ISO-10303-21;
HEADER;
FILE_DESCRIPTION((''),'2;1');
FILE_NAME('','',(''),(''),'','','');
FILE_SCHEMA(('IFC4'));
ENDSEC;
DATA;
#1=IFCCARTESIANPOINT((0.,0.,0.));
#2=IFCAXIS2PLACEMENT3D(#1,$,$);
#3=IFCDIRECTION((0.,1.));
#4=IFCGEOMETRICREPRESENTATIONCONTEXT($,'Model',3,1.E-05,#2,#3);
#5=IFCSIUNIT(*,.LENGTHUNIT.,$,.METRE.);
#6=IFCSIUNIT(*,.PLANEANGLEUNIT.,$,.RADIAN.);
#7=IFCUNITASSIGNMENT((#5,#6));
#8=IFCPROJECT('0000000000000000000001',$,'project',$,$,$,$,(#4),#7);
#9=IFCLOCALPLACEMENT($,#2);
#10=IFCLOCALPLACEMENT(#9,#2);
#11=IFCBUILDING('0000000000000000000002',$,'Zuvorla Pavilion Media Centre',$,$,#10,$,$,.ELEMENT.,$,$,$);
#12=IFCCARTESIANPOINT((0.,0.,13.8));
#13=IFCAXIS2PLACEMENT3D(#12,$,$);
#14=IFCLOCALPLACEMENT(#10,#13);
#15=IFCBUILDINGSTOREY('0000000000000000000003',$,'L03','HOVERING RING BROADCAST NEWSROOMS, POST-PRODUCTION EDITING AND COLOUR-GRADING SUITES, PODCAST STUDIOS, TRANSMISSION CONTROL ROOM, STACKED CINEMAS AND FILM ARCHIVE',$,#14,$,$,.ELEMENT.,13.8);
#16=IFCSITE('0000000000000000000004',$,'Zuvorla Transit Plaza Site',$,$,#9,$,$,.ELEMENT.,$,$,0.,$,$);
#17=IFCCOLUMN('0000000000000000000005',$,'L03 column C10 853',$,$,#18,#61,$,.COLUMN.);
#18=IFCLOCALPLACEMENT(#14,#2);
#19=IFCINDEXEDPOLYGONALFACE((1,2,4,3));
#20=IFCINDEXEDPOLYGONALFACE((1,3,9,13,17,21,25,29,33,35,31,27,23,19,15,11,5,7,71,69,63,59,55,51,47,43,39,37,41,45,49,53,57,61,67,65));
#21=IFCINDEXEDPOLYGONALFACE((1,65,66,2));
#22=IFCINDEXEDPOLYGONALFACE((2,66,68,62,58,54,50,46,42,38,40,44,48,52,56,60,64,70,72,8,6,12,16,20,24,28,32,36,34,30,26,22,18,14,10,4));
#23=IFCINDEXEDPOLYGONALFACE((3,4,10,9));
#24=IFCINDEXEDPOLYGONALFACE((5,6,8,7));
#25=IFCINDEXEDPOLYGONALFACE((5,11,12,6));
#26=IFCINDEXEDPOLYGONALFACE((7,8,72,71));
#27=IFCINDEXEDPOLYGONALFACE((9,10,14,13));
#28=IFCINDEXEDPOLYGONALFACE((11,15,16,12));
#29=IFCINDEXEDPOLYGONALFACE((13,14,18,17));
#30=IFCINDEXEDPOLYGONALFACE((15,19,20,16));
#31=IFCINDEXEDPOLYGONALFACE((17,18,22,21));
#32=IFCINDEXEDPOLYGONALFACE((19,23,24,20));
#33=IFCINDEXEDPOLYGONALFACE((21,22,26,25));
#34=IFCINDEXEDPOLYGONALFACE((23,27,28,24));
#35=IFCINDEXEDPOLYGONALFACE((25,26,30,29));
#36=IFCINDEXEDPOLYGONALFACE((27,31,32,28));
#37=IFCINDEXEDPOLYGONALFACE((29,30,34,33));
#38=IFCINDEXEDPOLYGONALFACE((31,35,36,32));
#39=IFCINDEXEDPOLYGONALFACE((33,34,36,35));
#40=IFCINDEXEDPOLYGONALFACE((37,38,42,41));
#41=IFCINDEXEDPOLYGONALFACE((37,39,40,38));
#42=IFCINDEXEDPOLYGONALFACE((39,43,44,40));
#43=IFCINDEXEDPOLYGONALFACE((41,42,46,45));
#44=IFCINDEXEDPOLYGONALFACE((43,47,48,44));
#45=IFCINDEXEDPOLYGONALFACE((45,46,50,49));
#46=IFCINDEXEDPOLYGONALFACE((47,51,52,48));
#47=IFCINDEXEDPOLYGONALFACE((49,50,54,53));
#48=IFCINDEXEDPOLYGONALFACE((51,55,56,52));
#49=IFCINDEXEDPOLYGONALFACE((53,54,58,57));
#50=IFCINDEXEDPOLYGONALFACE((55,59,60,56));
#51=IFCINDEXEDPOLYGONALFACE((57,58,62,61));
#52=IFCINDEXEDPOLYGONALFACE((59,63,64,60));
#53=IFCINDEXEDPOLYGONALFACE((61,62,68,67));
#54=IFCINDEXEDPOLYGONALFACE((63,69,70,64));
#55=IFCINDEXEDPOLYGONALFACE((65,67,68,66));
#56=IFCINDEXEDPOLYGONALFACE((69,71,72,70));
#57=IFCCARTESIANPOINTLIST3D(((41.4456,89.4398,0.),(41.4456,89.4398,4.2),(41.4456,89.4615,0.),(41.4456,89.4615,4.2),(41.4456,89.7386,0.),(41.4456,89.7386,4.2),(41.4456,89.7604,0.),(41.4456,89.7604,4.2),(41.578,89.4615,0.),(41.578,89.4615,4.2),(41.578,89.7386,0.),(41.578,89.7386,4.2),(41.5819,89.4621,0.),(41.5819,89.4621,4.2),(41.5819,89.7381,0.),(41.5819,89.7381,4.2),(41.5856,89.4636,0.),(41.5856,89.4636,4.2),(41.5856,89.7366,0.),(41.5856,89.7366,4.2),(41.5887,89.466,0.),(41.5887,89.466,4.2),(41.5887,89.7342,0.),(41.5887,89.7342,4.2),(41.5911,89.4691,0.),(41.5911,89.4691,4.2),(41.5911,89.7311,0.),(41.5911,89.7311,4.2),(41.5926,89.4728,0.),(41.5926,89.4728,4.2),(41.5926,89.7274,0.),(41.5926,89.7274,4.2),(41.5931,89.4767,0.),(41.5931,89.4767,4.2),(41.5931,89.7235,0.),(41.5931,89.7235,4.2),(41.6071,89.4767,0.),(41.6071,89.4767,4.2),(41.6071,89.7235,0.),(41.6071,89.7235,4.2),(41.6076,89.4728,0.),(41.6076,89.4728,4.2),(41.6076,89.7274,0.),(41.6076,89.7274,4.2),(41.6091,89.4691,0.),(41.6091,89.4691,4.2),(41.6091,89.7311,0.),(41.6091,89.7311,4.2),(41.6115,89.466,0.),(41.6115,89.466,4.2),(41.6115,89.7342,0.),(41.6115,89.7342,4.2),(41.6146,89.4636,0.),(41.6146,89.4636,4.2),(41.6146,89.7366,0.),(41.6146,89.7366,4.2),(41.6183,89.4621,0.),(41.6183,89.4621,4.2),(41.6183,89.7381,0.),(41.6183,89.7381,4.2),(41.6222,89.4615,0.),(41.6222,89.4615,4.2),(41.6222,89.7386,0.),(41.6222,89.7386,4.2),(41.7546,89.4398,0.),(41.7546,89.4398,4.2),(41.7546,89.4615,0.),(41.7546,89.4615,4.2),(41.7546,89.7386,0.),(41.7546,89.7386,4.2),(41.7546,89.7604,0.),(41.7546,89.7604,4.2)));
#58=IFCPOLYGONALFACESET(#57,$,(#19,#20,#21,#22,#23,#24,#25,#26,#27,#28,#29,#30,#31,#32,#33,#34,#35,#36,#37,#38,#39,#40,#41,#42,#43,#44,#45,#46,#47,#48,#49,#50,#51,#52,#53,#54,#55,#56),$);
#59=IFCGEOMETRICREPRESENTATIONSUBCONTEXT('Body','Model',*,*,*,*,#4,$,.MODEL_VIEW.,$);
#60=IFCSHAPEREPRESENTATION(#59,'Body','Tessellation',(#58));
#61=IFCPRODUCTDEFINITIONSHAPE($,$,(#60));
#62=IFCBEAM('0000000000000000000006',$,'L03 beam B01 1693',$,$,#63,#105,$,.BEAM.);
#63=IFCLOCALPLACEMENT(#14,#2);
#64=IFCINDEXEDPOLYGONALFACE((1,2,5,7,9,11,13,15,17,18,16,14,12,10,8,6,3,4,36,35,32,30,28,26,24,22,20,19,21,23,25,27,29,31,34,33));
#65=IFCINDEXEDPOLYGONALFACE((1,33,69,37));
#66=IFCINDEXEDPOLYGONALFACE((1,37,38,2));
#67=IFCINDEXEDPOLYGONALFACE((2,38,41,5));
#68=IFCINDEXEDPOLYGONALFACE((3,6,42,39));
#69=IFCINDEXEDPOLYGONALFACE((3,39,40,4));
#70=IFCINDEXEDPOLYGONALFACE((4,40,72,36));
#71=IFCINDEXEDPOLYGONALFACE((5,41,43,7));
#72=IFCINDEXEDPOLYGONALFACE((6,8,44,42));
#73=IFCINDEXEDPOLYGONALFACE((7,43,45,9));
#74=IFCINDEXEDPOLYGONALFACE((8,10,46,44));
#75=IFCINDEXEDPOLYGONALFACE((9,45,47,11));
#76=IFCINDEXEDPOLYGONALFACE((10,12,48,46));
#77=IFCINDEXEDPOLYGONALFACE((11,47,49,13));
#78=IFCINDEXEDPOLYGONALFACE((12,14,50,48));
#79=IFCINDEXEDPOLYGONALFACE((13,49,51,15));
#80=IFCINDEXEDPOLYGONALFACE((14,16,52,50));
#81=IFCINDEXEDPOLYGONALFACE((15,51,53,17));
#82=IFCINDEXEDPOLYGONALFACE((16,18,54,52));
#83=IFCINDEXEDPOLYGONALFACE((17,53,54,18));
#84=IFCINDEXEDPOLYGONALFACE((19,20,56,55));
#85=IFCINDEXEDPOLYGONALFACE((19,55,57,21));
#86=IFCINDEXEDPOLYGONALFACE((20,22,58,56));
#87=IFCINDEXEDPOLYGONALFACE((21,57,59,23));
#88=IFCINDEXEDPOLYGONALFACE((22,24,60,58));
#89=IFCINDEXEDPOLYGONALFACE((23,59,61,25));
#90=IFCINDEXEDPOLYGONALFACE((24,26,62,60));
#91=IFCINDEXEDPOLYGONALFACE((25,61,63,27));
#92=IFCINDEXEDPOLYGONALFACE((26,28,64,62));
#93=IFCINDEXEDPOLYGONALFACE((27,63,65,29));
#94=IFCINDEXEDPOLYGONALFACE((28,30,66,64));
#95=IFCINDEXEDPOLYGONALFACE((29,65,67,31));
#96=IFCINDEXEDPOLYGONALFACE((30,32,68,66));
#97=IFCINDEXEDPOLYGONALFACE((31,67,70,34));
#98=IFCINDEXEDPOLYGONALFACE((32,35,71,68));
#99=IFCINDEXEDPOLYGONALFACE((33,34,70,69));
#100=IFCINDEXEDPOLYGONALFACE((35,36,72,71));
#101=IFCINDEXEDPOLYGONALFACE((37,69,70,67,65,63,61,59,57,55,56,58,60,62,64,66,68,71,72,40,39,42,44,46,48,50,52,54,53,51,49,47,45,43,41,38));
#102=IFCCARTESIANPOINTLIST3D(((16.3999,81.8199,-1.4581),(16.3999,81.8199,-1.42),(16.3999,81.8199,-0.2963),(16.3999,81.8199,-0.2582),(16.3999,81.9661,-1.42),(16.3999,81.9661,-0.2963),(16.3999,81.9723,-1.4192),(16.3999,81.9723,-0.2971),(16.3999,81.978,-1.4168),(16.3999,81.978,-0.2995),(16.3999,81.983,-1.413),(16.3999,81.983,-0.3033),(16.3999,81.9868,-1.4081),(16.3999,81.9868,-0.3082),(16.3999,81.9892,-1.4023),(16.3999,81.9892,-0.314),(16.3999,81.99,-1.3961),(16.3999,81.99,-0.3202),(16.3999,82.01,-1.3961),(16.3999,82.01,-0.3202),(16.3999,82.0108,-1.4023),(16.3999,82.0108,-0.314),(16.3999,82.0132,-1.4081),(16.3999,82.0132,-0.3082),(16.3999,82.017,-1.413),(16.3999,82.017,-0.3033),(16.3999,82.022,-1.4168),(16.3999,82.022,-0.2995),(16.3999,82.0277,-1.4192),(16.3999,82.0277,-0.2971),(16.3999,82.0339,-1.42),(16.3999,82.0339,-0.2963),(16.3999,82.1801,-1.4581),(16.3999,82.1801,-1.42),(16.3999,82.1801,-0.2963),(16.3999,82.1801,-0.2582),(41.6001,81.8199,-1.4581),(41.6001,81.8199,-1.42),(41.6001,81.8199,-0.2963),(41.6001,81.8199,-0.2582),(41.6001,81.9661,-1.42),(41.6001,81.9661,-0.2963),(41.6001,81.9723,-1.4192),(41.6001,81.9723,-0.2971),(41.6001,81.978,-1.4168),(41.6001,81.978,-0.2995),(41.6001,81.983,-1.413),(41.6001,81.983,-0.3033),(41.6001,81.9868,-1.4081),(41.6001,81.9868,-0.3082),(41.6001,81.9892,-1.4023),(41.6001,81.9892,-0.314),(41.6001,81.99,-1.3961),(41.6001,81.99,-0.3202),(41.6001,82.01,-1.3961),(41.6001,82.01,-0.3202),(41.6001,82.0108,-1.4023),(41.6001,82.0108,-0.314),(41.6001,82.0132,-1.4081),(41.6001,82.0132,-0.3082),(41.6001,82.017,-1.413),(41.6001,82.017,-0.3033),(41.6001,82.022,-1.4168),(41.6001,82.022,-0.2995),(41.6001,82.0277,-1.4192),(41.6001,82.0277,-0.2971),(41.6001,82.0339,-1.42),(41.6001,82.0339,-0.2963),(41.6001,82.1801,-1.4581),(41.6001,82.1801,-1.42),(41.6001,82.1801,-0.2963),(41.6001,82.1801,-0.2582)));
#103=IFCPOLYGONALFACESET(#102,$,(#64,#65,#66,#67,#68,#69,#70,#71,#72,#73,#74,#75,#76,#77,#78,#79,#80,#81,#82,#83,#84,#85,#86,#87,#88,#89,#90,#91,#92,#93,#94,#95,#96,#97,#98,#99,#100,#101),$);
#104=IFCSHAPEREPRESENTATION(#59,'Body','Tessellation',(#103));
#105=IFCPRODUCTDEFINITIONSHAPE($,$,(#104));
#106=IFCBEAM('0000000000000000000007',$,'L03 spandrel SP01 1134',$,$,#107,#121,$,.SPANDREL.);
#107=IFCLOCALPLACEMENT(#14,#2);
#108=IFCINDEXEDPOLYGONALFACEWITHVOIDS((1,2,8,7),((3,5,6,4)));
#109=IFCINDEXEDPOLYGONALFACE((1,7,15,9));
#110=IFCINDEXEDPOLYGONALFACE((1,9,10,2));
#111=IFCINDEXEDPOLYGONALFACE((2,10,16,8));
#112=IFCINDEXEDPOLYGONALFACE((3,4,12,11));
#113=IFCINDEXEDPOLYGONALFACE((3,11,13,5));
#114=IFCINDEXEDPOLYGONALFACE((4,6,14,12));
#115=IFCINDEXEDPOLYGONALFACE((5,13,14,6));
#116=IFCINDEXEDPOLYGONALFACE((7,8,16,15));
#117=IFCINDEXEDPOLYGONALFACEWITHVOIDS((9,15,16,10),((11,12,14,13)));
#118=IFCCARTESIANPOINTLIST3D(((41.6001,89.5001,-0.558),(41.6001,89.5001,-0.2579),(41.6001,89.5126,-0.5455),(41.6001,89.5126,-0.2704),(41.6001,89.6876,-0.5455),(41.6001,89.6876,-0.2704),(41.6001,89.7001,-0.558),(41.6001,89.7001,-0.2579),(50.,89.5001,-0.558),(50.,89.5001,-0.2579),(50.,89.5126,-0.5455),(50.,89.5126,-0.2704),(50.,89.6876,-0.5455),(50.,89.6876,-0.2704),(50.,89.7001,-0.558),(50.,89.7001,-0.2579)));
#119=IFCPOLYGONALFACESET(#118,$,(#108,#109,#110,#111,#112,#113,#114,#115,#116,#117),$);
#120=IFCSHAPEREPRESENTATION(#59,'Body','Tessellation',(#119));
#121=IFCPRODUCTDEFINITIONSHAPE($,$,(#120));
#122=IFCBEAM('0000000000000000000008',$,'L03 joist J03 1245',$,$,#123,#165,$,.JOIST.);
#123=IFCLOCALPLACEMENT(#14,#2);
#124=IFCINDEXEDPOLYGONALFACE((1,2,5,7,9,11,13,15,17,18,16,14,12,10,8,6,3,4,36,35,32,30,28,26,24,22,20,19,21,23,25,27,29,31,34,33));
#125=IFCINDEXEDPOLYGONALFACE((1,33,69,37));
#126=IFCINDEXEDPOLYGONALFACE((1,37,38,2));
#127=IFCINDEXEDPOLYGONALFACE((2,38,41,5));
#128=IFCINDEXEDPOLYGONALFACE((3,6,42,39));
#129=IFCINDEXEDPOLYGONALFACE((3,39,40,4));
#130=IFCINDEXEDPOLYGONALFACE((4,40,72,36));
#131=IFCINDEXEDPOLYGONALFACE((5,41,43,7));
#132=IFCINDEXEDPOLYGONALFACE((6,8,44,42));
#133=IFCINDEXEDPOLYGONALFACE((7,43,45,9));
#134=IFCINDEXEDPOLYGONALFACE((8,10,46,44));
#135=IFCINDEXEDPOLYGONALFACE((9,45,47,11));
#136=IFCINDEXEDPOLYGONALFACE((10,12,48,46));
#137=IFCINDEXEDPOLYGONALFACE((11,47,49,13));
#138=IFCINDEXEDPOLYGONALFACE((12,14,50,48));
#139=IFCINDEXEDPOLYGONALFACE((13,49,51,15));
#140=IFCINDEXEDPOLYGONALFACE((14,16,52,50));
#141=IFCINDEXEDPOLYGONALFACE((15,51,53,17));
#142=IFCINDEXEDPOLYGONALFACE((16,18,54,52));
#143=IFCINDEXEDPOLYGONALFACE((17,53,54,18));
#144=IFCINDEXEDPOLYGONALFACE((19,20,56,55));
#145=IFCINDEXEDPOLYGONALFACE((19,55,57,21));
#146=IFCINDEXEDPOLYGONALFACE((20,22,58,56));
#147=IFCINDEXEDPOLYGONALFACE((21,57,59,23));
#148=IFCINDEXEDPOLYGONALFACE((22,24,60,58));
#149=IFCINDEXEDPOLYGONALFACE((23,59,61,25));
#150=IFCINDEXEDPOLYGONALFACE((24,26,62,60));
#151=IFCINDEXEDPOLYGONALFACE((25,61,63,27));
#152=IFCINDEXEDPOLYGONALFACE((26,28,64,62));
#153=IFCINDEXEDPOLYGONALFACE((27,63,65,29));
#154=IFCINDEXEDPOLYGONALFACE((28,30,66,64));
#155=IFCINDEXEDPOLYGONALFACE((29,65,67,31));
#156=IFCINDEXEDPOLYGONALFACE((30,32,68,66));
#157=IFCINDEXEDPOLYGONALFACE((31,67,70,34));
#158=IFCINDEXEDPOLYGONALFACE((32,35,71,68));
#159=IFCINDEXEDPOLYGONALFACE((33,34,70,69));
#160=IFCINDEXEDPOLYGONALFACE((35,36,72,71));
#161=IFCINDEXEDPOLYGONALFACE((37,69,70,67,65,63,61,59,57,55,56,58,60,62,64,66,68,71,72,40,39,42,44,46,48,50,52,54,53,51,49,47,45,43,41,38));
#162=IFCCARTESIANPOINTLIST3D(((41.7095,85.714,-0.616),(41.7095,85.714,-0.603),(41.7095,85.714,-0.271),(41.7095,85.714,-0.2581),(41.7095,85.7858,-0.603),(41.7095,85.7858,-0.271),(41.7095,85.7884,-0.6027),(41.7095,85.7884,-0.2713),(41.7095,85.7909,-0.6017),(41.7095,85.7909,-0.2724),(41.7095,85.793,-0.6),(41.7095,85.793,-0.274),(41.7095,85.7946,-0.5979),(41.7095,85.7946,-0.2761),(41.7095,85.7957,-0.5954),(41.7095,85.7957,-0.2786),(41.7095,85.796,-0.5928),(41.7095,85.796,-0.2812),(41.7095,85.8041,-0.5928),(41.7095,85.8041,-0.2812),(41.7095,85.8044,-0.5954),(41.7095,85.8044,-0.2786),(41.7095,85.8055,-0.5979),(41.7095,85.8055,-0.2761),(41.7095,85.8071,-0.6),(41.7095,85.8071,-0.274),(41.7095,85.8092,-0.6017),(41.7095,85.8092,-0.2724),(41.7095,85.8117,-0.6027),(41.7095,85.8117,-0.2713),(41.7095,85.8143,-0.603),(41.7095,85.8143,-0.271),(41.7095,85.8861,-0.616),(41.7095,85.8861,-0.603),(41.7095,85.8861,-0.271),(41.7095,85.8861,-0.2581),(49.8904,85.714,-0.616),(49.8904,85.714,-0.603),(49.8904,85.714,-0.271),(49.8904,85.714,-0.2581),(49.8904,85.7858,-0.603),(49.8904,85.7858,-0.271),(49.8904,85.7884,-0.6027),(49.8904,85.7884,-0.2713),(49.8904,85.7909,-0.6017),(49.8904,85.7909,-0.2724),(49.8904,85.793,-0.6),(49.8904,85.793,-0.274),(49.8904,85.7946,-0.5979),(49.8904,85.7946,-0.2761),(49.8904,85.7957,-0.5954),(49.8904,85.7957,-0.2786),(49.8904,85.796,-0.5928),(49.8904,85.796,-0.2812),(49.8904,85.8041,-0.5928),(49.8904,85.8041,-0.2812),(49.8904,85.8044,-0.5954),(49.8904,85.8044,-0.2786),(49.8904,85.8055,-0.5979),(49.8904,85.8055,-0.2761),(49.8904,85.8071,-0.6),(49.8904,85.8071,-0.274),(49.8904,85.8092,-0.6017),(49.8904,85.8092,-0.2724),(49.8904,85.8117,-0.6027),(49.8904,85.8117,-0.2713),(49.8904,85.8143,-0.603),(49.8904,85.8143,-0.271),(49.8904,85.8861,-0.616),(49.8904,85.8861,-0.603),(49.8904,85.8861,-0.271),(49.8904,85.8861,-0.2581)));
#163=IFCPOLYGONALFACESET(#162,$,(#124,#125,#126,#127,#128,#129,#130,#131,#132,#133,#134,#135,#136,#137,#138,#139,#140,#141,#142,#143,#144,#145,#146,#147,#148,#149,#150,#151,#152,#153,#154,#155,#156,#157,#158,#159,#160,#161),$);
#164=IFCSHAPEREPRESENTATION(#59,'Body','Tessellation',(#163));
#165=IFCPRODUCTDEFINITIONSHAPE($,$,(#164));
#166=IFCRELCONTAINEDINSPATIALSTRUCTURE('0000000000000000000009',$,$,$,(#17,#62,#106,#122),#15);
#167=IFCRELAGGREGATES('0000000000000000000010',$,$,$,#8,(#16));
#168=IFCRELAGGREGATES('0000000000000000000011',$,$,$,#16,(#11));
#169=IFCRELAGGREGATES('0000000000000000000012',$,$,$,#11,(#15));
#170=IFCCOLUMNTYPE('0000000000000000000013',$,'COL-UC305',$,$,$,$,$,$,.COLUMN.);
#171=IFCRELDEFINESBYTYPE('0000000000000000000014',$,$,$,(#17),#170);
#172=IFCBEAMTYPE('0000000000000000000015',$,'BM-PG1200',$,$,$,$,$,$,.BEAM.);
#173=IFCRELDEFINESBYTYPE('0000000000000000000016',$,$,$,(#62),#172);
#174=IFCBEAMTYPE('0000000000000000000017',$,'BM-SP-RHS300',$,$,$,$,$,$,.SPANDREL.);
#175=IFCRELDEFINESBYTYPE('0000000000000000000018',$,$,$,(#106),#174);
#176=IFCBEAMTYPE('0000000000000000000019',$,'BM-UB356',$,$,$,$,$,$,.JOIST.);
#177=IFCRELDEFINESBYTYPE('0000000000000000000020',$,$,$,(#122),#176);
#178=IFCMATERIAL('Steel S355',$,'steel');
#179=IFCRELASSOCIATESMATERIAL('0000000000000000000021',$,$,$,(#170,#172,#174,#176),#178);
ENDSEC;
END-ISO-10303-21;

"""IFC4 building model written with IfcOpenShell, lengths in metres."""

from ifc_helpers import new_model, si_unit, direction, frame, origin, origin_2d, place, context, subcontext, project, spatial, hollow_rectangle, i_section, extrude, material, material_profile, profile_set, type_object, element, save


model = new_model("IFC4")

# Units and contexts
model_context = context("Model", 3, precision=1e-05, world=origin(), true_north=direction((0.0, 1.0)))
body_context = subcontext(model_context, "Body", "Model", "MODEL_VIEW")
ifc_project = project(units=[si_unit("LENGTHUNIT", "METRE"), si_unit("PLANEANGLEUNIT", "RADIAN")], contexts=[model_context])

# Site, building, storey
site_placement = place(None, origin())
site = spatial("IfcSite", under=ifc_project, at=site_placement, Name="Zuvorla Transit Plaza Site", CompositionType="ELEMENT", RefElevation=0.0)
building_placement = place(site_placement, origin())
building = spatial("IfcBuilding", under=site, at=building_placement, Name="Zuvorla Pavilion Media Centre", CompositionType="ELEMENT")
storey_placement = place(building_placement, frame((0.0, 0.0, 13.8)))
storey = spatial("IfcBuildingStorey", under=building, at=storey_placement, Name="L03", Description="HOVERING RING BROADCAST NEWSROOMS, POST-PRODUCTION EDITING AND COLOUR-GRADING SUITES, PODCAST STUDIOS, TRANSMISSION CONTROL ROOM, STACKED CINEMAS AND FILM ARCHIVE", CompositionType="ELEMENT", Elevation=13.8)

# Column
ifc_material_1 = material(Name="Steel S355", Category="steel")
ifc_material_profile_1 = material_profile(ifc_material_1, i_section(OverallWidth=0.3091, OverallDepth=0.3206, WebThickness=0.0139, FlangeThickness=0.0217, FilletRadius=0.0151, at=origin_2d()), Name="UC 305x305x137")
ifc_profile_set_1 = profile_set([ifc_material_profile_1], Name="Steel S355")
column_type = type_object("IfcColumnType", Name="COL-UC305", PredefinedType="COLUMN", material=ifc_profile_set_1)
column_placement = place(storey_placement, frame((41.6001, 89.6001, 0.0), z_axis=(0.0, 0.0, 1.0), x_axis=(1.0, 0.0, 0.0)))
element("IfcColumn", 1, at=column_placement, inside=storey, type_object=column_type, Name="L03 column C10 853", PredefinedType="COLUMN", context=body_context, shape_type="SweptSolid", body=[
    extrude(i_section(OverallWidth=0.3091, OverallDepth=0.3206, WebThickness=0.0139, FlangeThickness=0.0217, FilletRadius=0.0151, at=origin_2d()), origin(), (0.0, 0.0, 1.0), 4.2),
])

# Beams
ifc_material_profile_2 = material_profile(ifc_material_1, i_section(OverallWidth=0.3601, OverallDepth=1.2, WebThickness=0.02, FlangeThickness=0.0381, FilletRadius=0.0239, at=origin_2d()), Name="PG 1200x360x38")
ifc_profile_set_2 = profile_set([ifc_material_profile_2], Name="Steel S355")
beam_type_1 = type_object("IfcBeamType", Name="BM-PG1200", PredefinedType="BEAM", material=ifc_profile_set_2)
beam_1_placement = place(storey_placement, frame((41.6001, 82.0, -0.8582), z_axis=(-1.0, 0.0, 0.0), x_axis=(0.0, -1.0, 0.0)))
element("IfcBeam", 2, at=beam_1_placement, inside=storey, type_object=beam_type_1, Name="L03 beam B01 1693", PredefinedType="BEAM", context=body_context, shape_type="SweptSolid", body=[
    extrude(i_section(OverallWidth=0.3601, OverallDepth=1.2, WebThickness=0.02, FlangeThickness=0.0381, FilletRadius=0.0239, at=origin_2d()), origin(), (0.0, 0.0, 1.0), 25.2002),
])
ifc_material_profile_3 = material_profile(ifc_material_1, hollow_rectangle(XDim=0.2, YDim=0.3, WallThickness=0.0125, at=origin_2d()), Name="RHS 300x200x12.5")
ifc_profile_set_3 = profile_set([ifc_material_profile_3], Name="Steel S355")
beam_type_2 = type_object("IfcBeamType", Name="BM-SP-RHS300", PredefinedType="SPANDREL", material=ifc_profile_set_3)
beam_2_placement = place(storey_placement, frame((41.6001, 89.6001, -0.408), z_axis=(1.0, 0.0, 0.0), x_axis=(0.0, 1.0, 0.0)))
element("IfcBeam", 3, at=beam_2_placement, inside=storey, type_object=beam_type_2, Name="L03 spandrel SP01 1134", PredefinedType="SPANDREL", context=body_context, shape_type="SweptSolid", body=[
    extrude(hollow_rectangle(XDim=0.2, YDim=0.3, WallThickness=0.0125, at=origin_2d()), origin(), (0.0, 0.0, 1.0), 8.3999),
])
ifc_material_profile_4 = material_profile(ifc_material_1, i_section(OverallWidth=0.1721, OverallDepth=0.3579, WebThickness=0.0081, FlangeThickness=0.0129, FilletRadius=0.0103, at=origin_2d()), Name="UB 356x171x57")
ifc_profile_set_4 = profile_set([ifc_material_profile_4], Name="Steel S355")
beam_type_3 = type_object("IfcBeamType", Name="BM-UB356", PredefinedType="JOIST", material=ifc_profile_set_4)
beam_3_placement = place(storey_placement, frame((41.7095, 85.8, -0.437), z_axis=(1.0, 0.0, 0.0), x_axis=(0.0, 1.0, 0.0)))
element("IfcBeam", 4, at=beam_3_placement, inside=storey, type_object=beam_type_3, Name="L03 joist J03 1245", PredefinedType="JOIST", context=body_context, shape_type="SweptSolid", body=[
    extrude(i_section(OverallWidth=0.1721, OverallDepth=0.3579, WebThickness=0.0081, FlangeThickness=0.0129, FilletRadius=0.0103, at=origin_2d()), origin(), (0.0, 0.0, 1.0), 8.1809),
])

save(model, "model.ifc")
